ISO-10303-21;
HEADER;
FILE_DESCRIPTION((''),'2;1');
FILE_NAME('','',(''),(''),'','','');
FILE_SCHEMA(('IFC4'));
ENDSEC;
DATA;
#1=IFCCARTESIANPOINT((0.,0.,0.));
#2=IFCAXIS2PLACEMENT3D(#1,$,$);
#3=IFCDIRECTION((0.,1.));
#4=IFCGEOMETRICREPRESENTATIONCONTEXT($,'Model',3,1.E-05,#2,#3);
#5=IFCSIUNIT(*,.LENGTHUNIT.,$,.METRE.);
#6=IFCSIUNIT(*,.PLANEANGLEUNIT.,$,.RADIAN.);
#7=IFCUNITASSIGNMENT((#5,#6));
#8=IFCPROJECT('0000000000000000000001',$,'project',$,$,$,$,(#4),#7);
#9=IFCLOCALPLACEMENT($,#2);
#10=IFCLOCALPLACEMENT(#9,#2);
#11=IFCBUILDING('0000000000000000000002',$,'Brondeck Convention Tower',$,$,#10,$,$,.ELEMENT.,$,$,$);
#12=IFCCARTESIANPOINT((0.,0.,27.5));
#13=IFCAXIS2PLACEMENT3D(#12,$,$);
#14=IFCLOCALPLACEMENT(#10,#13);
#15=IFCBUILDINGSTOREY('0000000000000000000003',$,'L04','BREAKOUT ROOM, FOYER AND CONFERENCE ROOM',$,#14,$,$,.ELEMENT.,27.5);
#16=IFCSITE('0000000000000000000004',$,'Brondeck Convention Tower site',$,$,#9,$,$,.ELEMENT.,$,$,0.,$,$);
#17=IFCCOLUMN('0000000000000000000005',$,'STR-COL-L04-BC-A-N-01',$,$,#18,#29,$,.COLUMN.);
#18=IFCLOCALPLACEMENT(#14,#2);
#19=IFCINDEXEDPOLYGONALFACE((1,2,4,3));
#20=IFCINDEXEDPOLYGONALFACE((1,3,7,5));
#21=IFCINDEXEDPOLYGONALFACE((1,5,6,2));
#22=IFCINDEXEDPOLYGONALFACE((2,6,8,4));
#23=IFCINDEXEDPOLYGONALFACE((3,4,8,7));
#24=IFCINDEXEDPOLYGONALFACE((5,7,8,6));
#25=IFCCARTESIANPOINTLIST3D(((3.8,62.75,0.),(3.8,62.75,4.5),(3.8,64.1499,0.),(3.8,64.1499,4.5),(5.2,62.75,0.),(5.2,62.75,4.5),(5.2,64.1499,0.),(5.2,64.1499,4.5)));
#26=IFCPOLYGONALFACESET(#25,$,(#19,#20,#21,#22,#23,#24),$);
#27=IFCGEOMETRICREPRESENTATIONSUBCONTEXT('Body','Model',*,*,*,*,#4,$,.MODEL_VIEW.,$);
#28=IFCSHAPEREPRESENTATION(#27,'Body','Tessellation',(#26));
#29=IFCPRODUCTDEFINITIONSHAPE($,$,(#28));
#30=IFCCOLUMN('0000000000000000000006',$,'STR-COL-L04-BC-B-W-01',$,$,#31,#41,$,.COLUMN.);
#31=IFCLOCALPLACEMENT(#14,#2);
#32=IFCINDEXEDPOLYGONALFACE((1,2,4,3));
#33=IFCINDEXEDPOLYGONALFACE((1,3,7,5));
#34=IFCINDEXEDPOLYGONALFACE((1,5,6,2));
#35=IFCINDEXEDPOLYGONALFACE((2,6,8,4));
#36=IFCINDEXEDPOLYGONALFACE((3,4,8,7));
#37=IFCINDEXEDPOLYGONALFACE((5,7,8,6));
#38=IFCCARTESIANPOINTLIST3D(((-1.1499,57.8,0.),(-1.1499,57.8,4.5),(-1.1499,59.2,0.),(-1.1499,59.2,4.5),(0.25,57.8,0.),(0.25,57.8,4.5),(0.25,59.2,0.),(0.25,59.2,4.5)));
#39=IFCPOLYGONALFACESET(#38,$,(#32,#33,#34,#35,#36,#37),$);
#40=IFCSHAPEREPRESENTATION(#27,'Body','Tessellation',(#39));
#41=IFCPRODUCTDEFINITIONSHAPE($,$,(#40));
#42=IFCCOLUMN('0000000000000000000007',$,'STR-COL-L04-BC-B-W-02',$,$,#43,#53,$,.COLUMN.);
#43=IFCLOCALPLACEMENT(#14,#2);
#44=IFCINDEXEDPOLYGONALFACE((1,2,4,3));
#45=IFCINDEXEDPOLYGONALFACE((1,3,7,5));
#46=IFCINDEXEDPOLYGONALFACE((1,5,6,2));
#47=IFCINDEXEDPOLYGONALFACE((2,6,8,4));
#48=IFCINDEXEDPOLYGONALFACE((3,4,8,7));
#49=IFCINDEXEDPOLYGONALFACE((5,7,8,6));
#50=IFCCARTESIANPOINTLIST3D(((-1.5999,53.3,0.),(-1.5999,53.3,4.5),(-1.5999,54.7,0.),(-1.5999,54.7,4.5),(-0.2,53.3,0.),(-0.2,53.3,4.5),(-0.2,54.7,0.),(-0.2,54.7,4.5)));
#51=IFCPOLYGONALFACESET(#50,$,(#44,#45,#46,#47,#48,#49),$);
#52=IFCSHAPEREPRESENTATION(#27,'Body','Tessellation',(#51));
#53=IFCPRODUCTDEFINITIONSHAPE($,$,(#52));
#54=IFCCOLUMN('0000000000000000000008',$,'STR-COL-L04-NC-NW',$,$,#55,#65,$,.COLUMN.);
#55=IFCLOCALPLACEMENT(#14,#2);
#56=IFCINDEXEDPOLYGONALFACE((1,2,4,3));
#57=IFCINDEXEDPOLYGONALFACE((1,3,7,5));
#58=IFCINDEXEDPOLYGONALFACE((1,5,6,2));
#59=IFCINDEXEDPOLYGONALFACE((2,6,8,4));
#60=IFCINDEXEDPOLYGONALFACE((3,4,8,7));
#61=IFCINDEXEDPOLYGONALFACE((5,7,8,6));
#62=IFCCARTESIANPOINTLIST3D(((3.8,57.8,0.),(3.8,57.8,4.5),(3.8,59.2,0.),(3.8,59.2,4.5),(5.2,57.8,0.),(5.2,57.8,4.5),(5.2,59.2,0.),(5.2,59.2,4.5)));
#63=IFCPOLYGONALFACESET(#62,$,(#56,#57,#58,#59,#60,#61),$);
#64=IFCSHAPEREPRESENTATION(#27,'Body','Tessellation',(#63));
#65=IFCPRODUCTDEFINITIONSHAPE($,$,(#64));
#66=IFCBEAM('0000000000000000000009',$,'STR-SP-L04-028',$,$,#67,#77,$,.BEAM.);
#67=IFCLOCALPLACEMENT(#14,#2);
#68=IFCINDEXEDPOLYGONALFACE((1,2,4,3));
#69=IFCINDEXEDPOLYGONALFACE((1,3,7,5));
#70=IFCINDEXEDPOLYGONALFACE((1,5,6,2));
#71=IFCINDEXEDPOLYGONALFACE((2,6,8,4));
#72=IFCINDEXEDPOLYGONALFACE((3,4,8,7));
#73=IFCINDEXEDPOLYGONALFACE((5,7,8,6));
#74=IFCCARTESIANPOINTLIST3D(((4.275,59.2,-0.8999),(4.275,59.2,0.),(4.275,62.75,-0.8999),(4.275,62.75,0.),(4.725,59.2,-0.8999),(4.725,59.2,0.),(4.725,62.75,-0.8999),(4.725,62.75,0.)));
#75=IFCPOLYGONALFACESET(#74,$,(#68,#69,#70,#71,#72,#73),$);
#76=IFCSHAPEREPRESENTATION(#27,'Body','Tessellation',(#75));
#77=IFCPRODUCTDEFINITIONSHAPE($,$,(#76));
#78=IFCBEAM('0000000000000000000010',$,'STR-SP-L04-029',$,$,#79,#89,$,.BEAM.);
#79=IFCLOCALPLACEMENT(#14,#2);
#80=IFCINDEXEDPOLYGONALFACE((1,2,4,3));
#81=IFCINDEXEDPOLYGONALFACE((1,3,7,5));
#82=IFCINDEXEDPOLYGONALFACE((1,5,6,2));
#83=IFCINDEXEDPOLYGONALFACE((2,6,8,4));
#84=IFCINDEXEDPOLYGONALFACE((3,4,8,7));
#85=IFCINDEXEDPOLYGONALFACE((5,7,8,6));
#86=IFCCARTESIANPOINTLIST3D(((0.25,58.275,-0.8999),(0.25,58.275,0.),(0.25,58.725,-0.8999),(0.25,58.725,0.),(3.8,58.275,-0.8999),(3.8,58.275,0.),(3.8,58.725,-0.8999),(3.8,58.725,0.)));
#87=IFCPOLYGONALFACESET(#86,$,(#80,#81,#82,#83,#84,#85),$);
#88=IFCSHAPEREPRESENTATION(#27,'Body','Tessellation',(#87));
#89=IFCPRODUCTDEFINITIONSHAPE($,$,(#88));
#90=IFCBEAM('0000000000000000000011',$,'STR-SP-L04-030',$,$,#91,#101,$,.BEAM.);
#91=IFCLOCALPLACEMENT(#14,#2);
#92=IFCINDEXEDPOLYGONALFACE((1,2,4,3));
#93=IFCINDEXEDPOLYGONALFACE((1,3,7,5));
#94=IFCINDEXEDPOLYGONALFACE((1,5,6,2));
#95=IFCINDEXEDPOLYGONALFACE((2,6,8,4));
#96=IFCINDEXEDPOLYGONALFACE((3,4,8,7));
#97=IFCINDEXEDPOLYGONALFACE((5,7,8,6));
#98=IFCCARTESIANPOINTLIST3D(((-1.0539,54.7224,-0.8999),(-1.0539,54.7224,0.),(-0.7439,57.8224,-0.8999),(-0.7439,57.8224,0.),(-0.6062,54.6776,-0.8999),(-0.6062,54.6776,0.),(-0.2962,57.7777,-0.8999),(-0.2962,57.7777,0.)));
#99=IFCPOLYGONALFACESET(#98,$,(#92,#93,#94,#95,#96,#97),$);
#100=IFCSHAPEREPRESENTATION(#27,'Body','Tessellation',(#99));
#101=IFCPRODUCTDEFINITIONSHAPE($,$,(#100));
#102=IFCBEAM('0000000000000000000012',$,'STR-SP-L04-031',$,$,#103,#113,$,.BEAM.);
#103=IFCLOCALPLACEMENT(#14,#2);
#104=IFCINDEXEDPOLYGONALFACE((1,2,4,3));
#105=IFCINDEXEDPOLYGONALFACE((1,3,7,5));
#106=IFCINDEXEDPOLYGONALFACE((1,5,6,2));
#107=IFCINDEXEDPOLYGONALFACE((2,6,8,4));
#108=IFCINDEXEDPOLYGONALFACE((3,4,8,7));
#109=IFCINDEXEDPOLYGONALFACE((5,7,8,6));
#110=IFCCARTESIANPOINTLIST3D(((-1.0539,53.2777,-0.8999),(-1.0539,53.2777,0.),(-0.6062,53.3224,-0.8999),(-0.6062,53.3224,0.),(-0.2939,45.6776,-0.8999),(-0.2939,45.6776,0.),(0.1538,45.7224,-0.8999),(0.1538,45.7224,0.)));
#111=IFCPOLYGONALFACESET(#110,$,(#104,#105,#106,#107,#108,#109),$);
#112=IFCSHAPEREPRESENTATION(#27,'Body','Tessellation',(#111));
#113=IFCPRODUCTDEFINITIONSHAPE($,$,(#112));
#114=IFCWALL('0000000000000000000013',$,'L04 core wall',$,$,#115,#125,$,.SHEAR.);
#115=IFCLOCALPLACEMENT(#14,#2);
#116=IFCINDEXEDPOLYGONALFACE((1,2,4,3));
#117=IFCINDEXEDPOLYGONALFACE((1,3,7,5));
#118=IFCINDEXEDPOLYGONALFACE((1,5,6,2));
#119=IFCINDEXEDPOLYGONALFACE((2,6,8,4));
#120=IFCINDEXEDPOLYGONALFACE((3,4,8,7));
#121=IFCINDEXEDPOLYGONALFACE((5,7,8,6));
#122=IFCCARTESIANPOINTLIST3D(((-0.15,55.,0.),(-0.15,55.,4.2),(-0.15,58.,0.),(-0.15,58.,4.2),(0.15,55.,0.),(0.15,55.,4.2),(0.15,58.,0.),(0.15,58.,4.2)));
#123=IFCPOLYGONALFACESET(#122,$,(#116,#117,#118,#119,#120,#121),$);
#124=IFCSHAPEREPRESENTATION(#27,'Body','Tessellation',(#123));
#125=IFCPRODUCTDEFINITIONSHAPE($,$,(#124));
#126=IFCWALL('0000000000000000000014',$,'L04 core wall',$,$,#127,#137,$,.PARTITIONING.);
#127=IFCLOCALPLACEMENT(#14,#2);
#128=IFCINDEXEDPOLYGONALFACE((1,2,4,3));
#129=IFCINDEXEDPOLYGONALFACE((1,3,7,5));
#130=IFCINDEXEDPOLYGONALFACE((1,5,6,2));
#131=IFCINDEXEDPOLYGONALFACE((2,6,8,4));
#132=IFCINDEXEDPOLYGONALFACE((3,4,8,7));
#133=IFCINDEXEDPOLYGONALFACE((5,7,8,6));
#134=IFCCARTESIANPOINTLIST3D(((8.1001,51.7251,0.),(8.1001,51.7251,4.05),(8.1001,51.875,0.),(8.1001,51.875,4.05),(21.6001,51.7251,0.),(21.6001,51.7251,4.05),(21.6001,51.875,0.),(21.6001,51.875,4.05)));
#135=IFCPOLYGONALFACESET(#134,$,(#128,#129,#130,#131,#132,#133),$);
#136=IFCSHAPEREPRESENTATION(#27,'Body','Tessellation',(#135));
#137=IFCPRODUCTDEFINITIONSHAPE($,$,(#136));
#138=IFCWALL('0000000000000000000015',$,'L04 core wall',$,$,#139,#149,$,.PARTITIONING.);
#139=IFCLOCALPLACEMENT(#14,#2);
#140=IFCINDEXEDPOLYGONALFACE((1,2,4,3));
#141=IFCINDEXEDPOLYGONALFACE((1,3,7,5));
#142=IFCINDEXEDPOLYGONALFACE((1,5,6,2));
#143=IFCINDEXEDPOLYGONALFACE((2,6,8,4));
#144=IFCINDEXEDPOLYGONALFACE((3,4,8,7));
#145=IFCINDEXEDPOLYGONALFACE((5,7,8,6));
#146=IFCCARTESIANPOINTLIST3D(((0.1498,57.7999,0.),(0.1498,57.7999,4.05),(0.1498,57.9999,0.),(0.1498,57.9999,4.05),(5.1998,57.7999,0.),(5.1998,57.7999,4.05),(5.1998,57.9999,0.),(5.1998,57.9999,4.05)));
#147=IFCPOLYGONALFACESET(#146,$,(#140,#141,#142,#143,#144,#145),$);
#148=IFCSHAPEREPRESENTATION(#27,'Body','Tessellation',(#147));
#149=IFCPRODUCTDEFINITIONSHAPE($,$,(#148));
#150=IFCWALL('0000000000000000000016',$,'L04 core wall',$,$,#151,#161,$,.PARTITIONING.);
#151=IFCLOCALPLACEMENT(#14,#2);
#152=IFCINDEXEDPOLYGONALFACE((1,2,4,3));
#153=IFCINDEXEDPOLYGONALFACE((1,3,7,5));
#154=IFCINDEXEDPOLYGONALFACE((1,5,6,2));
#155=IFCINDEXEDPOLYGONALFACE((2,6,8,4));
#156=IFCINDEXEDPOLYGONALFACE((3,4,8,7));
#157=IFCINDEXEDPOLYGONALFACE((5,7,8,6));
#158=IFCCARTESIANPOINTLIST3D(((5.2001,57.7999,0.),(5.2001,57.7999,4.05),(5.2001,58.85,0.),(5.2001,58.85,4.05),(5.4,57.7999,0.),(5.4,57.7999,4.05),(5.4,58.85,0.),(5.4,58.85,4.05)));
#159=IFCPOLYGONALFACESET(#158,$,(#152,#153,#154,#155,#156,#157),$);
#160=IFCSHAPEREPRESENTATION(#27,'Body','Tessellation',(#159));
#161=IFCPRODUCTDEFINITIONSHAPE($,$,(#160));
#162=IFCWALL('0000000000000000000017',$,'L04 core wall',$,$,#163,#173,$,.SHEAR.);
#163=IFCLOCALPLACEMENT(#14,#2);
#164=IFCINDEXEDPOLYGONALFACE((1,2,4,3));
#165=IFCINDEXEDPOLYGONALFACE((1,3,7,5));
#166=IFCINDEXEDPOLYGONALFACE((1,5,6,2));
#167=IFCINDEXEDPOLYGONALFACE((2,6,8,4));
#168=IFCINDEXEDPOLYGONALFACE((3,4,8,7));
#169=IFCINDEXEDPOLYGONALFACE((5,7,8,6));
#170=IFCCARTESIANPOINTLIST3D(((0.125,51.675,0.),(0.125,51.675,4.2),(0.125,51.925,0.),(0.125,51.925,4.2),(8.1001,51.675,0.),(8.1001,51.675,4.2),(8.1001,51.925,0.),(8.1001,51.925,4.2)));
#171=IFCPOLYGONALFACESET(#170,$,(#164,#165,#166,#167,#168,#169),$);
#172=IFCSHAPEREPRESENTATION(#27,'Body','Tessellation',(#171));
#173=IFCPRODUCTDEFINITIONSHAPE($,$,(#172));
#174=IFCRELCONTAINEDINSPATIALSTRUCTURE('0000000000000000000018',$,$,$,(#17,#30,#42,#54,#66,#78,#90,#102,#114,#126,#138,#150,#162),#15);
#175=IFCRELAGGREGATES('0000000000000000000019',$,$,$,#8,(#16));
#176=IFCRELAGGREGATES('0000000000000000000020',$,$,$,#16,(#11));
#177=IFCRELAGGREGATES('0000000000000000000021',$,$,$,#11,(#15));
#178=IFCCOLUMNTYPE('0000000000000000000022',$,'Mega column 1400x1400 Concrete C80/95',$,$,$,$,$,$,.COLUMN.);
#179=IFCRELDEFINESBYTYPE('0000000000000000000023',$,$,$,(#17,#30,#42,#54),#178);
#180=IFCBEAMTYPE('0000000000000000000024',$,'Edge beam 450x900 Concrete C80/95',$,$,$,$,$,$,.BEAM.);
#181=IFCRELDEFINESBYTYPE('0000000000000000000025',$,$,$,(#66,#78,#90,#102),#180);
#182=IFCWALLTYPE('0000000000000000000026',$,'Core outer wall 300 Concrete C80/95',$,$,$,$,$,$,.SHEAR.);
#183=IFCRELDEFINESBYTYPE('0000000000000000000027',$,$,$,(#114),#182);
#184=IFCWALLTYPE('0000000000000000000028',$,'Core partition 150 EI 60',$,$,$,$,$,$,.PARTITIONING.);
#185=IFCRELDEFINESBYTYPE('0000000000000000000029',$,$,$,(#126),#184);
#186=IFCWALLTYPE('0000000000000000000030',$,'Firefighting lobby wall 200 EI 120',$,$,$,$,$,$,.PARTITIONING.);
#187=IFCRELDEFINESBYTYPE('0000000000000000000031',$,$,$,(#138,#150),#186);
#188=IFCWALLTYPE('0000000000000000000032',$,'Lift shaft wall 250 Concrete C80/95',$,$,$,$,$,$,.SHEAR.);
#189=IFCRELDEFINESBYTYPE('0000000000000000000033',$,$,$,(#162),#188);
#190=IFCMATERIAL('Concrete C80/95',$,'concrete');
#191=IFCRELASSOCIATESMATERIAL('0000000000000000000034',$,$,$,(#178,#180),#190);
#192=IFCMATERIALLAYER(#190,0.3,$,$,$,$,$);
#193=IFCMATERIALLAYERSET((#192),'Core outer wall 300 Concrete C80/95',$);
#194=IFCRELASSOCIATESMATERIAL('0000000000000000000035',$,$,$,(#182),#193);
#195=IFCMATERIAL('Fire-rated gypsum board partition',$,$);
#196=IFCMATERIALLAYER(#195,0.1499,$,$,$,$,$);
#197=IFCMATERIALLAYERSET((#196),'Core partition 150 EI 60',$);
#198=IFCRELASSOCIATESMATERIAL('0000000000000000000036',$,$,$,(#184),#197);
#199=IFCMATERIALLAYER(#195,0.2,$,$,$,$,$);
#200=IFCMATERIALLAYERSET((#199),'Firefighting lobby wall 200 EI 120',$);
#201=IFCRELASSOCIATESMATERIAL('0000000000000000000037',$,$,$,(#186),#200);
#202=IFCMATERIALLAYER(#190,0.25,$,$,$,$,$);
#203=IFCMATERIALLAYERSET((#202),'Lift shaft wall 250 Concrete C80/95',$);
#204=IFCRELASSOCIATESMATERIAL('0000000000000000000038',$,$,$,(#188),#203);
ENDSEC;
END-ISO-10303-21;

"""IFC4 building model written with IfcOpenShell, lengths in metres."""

from ifc_helpers import new_model, si_unit, direction, frame, frame_2d, origin, origin_2d, place, context, subcontext, project, spatial, rectangle, extrude, material, layer, layer_set, material_profile, profile_set, type_object, element, save


model = new_model("IFC4")

# Units and contexts
model_context = context("Model", 3, precision=1e-05, world=origin(), true_north=direction((0.0, 1.0)))
body_context = subcontext(model_context, "Body", "Model", "MODEL_VIEW")
ifc_project = project(units=[si_unit("LENGTHUNIT", "METRE"), si_unit("PLANEANGLEUNIT", "RADIAN")], contexts=[model_context])

# Site, building, storey
site_placement = place(None, origin())
site = spatial("IfcSite", under=ifc_project, at=site_placement, Name="Brondeck Convention Tower site", CompositionType="ELEMENT", RefElevation=0.0)
building_placement = place(site_placement, origin())
building = spatial("IfcBuilding", under=site, at=building_placement, Name="Brondeck Convention Tower", CompositionType="ELEMENT")
storey_placement = place(building_placement, frame((0.0, 0.0, 27.5)))
storey = spatial("IfcBuildingStorey", under=building, at=storey_placement, Name="L04", Description="BREAKOUT ROOM, FOYER AND CONFERENCE ROOM", CompositionType="ELEMENT", Elevation=27.5)

# Columns
ifc_material_1 = material(Name="Concrete C80/95", Category="concrete")
ifc_material_profile_1 = material_profile(ifc_material_1, rectangle(XDim=1.3999, YDim=1.3999, at=origin_2d()), Name="Mega column 1400x1400 Concrete C80/95")
ifc_profile_set_1 = profile_set([ifc_material_profile_1], Name="Concrete C80/95")
column_type = type_object("IfcColumnType", Name="Mega column 1400x1400 Concrete C80/95", PredefinedType="COLUMN", material=ifc_profile_set_1)
for number, where, z_axis, x_axis, name in (
    (1, (4.5, 63.45, 0.0), (0.0, 0.0, 1.0), (1.0, 0.0, 0.0), "STR-COL-L04-BC-A-N-01"),
    (2, (-0.45, 58.5, 0.0), (0.0, 0.0, 1.0), (1.0, 0.0, 0.0), "STR-COL-L04-BC-B-W-01"),
    (3, (-0.8999, 54.0, 0.0), (0.0, 0.0, 1.0), (1.0, 0.0, 0.0), "STR-COL-L04-BC-B-W-02"),
    (4, (4.5, 58.5, 0.0), (0.0, 0.0, 1.0), (1.0, 0.0, 0.0), "STR-COL-L04-NC-NW"),
):
    element("IfcColumn", number, at=place(storey_placement, frame(where, z_axis=z_axis, x_axis=x_axis)), inside=storey, type_object=column_type, Name=name, PredefinedType="COLUMN", context=body_context, shape_type="SweptSolid", body=[
        extrude(rectangle(XDim=1.3999, YDim=1.3999, at=origin_2d()), origin(), (0.0, 0.0, 1.0), 4.5),
    ])

# Beams
ifc_material_profile_2 = material_profile(ifc_material_1, rectangle(XDim=0.45, YDim=0.8999, at=origin_2d()), Name="Edge beam 450x900 Concrete C80/95")
ifc_profile_set_2 = profile_set([ifc_material_profile_2], Name="Concrete C80/95")
beam_type = type_object("IfcBeamType", Name="Edge beam 450x900 Concrete C80/95", PredefinedType="BEAM", material=ifc_profile_set_2)
for number, where, z_axis, x_axis, name in (
    (5, (4.5, 62.75, -0.45), (0.0, -1.0, 0.0), (1.0, 0.0, 0.0), "STR-SP-L04-028"),
    (6, (3.8, 58.5, -0.45), (-1.0, 0.0, 0.0), (0.0, -1.0, 0.0), "STR-SP-L04-029"),
):
    element("IfcBeam", number, at=place(storey_placement, frame(where, z_axis=z_axis, x_axis=x_axis)), inside=storey, type_object=beam_type, Name=name, PredefinedType="BEAM", context=body_context, shape_type="SweptSolid", body=[
        extrude(rectangle(XDim=0.45, YDim=0.8999, at=origin_2d()), origin(), (0.0, 0.0, 1.0), 3.55),
    ])
beam_1_placement = place(storey_placement, frame((-0.52, 57.8, -0.45), z_axis=(-0.099519, -0.995036, 0.0), x_axis=(0.995036, -0.099519, 0.0)))
element("IfcBeam", 7, at=beam_1_placement, inside=storey, type_object=beam_type, Name="STR-SP-L04-030", PredefinedType="BEAM", context=body_context, shape_type="SweptSolid", body=[
    extrude(rectangle(XDim=0.45, YDim=0.8999, at=origin_2d()), origin(), (0.0, 0.0, 1.0), 3.1155),
])
beam_2_placement = place(storey_placement, frame((-0.8301, 53.3, -0.45), z_axis=(0.099504, -0.995037, 0.0), x_axis=(0.995037, 0.099504, 0.0)))
element("IfcBeam", 8, at=beam_2_placement, inside=storey, type_object=beam_type, Name="STR-SP-L04-031", PredefinedType="BEAM", context=body_context, shape_type="SweptSolid", body=[
    extrude(rectangle(XDim=0.45, YDim=0.8999, at=origin_2d()), origin(), (0.0, 0.0, 1.0), 7.6379),
])

# Walls
ifc_layer_1 = layer(ifc_material_1, 0.3)
ifc_layer_set_1 = layer_set([ifc_layer_1], Name="Core outer wall 300 Concrete C80/95")
wall_type_1 = type_object("IfcWallType", Name="Core outer wall 300 Concrete C80/95", PredefinedType="SHEAR", material=ifc_layer_set_1)
wall_1_placement = place(storey_placement, frame((0.0, 55.0, 0.0), z_axis=(0.0, 0.0, 1.0), x_axis=(0.0, 1.0, 0.0)))
element("IfcWall", 9, at=wall_1_placement, inside=storey, type_object=wall_type_1, Name="L04 core wall", PredefinedType="SHEAR", context=body_context, shape_type="SweptSolid", body=[
    extrude(rectangle(XDim=3.0, YDim=0.3, at=frame_2d((1.5, 0.0))), origin(), (0.0, 0.0, 1.0), 4.2),
])
ifc_material_2 = material(Name="Fire-rated gypsum board partition")
ifc_layer_2 = layer(ifc_material_2, 0.1499)
ifc_layer_set_2 = layer_set([ifc_layer_2], Name="Core partition 150 EI 60")
wall_type_2 = type_object("IfcWallType", Name="Core partition 150 EI 60", PredefinedType="PARTITIONING", material=ifc_layer_set_2)
wall_2_placement = place(storey_placement, frame((8.1001, 51.8, 0.0), z_axis=(0.0, 0.0, 1.0), x_axis=(1.0, 0.0, 0.0)))
element("IfcWall", 10, at=wall_2_placement, inside=storey, type_object=wall_type_2, Name="L04 core wall", PredefinedType="PARTITIONING", context=body_context, shape_type="SweptSolid", body=[
    extrude(rectangle(XDim=13.5, YDim=0.1499, at=frame_2d((6.75, 0.0))), origin(), (0.0, 0.0, 1.0), 4.05),
])
ifc_layer_3 = layer(ifc_material_2, 0.2)
ifc_layer_set_3 = layer_set([ifc_layer_3], Name="Firefighting lobby wall 200 EI 120")
wall_type_3 = type_object("IfcWallType", Name="Firefighting lobby wall 200 EI 120", PredefinedType="PARTITIONING", material=ifc_layer_set_3)
wall_3_placement = place(storey_placement, frame((0.1499, 57.8999, 0.0), z_axis=(0.0, 0.0, 1.0), x_axis=(1.0, 0.0, 0.0)))
element("IfcWall", 11, at=wall_3_placement, inside=storey, type_object=wall_type_3, Name="L04 core wall", PredefinedType="PARTITIONING", context=body_context, shape_type="SweptSolid", body=[
    extrude(rectangle(XDim=5.05, YDim=0.2, at=frame_2d((2.5249, 0.0))), origin(), (0.0, 0.0, 1.0), 4.05),
])
wall_4_placement = place(storey_placement, frame((5.3, 57.8, 0.0), z_axis=(0.0, 0.0, 1.0), x_axis=(0.0, 1.0, 0.0)))
element("IfcWall", 12, at=wall_4_placement, inside=storey, type_object=wall_type_3, Name="L04 core wall", PredefinedType="PARTITIONING", context=body_context, shape_type="SweptSolid", body=[
    extrude(rectangle(XDim=1.05, YDim=0.2, at=frame_2d((0.5249, 0.0))), origin(), (0.0, 0.0, 1.0), 4.05),
])
ifc_layer_4 = layer(ifc_material_1, 0.25)
ifc_layer_set_4 = layer_set([ifc_layer_4], Name="Lift shaft wall 250 Concrete C80/95")
wall_type_4 = type_object("IfcWallType", Name="Lift shaft wall 250 Concrete C80/95", PredefinedType="SHEAR", material=ifc_layer_set_4)
wall_5_placement = place(storey_placement, frame((0.125, 51.8, 0.0), z_axis=(0.0, 0.0, 1.0), x_axis=(1.0, 0.0, 0.0)))
element("IfcWall", 13, at=wall_5_placement, inside=storey, type_object=wall_type_4, Name="L04 core wall", PredefinedType="SHEAR", context=body_context, shape_type="SweptSolid", body=[
    extrude(rectangle(XDim=7.9751, YDim=0.25, at=frame_2d((3.9875, 0.0))), origin(), (0.0, 0.0, 1.0), 4.2),
])

save(model, "model.ifc")
